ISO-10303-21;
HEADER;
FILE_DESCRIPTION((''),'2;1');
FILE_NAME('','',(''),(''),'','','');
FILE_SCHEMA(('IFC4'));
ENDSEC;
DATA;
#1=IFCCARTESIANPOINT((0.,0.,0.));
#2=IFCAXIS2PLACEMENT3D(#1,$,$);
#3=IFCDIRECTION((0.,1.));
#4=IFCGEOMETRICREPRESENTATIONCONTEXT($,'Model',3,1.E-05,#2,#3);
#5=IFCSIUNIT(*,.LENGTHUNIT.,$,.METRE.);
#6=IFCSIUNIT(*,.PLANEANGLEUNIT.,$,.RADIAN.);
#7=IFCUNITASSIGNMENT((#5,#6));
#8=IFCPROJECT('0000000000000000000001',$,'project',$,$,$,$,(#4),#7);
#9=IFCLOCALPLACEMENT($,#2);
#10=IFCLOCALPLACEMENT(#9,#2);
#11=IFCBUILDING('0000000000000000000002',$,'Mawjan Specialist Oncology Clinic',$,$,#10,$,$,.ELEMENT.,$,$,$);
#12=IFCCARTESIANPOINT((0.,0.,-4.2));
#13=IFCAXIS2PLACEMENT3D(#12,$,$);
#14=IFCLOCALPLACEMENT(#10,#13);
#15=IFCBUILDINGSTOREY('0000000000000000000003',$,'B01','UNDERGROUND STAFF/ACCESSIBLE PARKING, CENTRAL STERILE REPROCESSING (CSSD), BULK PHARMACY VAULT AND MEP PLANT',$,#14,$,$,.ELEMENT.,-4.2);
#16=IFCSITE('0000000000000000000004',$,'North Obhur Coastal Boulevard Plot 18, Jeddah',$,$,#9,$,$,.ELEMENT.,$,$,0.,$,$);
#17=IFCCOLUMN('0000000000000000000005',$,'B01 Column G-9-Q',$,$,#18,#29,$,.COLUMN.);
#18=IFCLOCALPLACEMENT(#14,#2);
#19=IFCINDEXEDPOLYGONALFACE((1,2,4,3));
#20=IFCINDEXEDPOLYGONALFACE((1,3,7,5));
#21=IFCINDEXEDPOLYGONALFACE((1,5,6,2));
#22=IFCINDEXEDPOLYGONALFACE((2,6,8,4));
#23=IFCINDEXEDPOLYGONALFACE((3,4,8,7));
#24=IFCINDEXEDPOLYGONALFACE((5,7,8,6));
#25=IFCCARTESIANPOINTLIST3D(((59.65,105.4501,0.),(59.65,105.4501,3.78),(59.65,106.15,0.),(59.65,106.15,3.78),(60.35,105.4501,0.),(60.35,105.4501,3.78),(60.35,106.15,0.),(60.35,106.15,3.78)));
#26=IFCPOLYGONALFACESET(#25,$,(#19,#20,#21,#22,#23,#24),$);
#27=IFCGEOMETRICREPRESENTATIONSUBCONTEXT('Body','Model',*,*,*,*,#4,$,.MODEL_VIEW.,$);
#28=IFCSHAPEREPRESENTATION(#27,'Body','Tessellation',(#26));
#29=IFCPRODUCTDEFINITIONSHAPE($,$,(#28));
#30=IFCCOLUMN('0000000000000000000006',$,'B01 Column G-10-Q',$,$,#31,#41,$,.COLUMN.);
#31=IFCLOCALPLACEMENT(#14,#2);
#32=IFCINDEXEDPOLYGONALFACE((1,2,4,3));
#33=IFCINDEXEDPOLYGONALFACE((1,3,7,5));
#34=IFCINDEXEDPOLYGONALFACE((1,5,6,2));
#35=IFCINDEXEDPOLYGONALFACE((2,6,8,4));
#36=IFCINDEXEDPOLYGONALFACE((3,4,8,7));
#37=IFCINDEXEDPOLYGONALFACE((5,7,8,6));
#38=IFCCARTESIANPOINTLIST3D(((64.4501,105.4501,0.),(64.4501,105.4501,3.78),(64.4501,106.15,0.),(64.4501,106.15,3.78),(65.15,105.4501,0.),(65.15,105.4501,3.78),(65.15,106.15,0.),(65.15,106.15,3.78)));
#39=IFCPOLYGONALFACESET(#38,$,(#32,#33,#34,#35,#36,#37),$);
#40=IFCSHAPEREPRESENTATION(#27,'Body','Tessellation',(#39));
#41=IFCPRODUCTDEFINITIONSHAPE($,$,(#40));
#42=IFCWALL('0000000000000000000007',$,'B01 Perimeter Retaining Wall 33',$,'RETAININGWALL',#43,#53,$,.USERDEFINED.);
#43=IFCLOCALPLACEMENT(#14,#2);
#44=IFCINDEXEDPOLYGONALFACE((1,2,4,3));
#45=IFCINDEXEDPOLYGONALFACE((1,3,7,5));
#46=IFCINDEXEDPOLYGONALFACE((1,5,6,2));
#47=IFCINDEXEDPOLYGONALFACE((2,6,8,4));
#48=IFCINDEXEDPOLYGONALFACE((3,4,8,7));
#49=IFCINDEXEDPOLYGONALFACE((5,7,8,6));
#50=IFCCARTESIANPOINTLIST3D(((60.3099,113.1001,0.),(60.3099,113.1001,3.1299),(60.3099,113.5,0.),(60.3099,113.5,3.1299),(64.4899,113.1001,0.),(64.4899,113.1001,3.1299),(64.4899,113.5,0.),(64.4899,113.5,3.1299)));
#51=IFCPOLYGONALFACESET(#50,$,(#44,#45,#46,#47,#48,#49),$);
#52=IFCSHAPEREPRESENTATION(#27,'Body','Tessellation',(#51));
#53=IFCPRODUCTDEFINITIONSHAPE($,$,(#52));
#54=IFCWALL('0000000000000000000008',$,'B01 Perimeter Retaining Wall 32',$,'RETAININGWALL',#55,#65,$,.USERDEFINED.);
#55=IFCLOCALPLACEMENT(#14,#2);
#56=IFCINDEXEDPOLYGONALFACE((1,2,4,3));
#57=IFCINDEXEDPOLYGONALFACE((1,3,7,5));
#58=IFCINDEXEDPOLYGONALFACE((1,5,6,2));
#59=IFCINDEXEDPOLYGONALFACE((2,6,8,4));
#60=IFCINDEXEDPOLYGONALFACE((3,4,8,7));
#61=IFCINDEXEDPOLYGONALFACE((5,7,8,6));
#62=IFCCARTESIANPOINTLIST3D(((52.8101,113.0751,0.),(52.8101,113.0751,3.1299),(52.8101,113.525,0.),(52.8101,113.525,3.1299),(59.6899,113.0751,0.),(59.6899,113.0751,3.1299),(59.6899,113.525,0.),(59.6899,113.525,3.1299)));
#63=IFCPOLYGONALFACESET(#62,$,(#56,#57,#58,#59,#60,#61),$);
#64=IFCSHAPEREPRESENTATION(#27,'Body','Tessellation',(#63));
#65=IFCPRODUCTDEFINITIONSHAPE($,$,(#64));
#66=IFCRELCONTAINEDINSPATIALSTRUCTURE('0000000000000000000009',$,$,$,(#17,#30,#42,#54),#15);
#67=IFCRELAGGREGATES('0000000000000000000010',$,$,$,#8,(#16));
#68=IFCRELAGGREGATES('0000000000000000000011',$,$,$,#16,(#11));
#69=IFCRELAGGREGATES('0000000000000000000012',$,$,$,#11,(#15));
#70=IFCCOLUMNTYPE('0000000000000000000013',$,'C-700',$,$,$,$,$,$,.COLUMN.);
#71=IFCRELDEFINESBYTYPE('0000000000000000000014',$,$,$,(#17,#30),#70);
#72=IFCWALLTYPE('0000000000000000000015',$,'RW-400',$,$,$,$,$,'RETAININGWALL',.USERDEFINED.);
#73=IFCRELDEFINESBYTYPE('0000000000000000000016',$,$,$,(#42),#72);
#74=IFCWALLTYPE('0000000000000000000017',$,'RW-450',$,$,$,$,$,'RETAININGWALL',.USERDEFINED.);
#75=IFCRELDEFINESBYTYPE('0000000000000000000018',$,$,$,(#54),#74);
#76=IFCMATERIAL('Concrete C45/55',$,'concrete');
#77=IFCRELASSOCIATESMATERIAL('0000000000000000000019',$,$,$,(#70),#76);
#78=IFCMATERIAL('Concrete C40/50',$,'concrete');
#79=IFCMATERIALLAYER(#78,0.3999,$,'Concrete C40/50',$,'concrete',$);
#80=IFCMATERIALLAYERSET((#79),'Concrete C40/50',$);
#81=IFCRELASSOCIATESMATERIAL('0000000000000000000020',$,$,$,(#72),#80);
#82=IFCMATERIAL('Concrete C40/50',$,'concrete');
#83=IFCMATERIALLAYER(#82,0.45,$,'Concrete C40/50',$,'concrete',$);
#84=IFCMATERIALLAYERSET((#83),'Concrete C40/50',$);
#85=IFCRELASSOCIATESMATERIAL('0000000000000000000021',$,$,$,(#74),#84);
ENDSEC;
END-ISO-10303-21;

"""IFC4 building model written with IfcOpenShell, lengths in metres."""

from ifc_helpers import new_model, si_unit, direction, frame, frame_2d, origin, origin_2d, place, context, subcontext, project, spatial, rectangle, extrude, material, layer, layer_set, material_profile, profile_set, type_object, element, save


model = new_model("IFC4")

# Units and contexts
model_context = context("Model", 3, precision=1e-05, world=origin(), true_north=direction((0.0, 1.0)))
body_context = subcontext(model_context, "Body", "Model", "MODEL_VIEW")
ifc_project = project(units=[si_unit("LENGTHUNIT", "METRE"), si_unit("PLANEANGLEUNIT", "RADIAN")], contexts=[model_context])

# Site, building, storey
site_placement = place(None, origin())
site = spatial("IfcSite", under=ifc_project, at=site_placement, Name="North Obhur Coastal Boulevard Plot 18, Jeddah", CompositionType="ELEMENT", RefElevation=0.0)
building_placement = place(site_placement, origin())
building = spatial("IfcBuilding", under=site, at=building_placement, Name="Mawjan Specialist Oncology Clinic", CompositionType="ELEMENT")
storey_placement = place(building_placement, frame((0.0, 0.0, -4.2)))
storey = spatial("IfcBuildingStorey", under=building, at=storey_placement, Name="B01", Description="UNDERGROUND STAFF/ACCESSIBLE PARKING, CENTRAL STERILE REPROCESSING (CSSD), BULK PHARMACY VAULT AND MEP PLANT", CompositionType="ELEMENT", Elevation=-4.2)

# Columns
ifc_material_1 = material(Name="Concrete C45/55", Category="concrete")
ifc_material_profile_1 = material_profile(ifc_material_1, rectangle(XDim=0.7, YDim=0.7, at=origin_2d()), Name="RC COL 700x700", Category="concrete")
ifc_profile_set_1 = profile_set([ifc_material_profile_1], Name="Concrete C45/55")
column_type_1 = type_object("IfcColumnType", Name="C-700", PredefinedType="COLUMN", material=ifc_profile_set_1)
for number, where, z_axis, x_axis, name in (
    (1, (60.0, 105.8, 0.0), (0.0, 0.0, 1.0), (1.0, 0.0, 0.0), "B01 Column G-9-Q"),
    (2, (64.8, 105.8, 0.0), (0.0, 0.0, 1.0), (1.0, 0.0, 0.0), "B01 Column G-10-Q"),
):
    element("IfcColumn", number, at=place(storey_placement, frame(where, z_axis=z_axis, x_axis=x_axis)), inside=storey, type_object=column_type_1, Name=name, PredefinedType="COLUMN", context=body_context, shape_type="SweptSolid", body=[
        extrude(rectangle(XDim=0.7, YDim=0.7, at=origin_2d()), origin(), (0.0, 0.0, 1.0), 3.78),
    ])

# Walls
ifc_material_2 = material(Name="Concrete C40/50", Category="concrete")
ifc_layer_1 = layer(ifc_material_2, 0.3999, Name="Concrete C40/50", Category="concrete")
ifc_layer_set_1 = layer_set([ifc_layer_1], Name="Concrete C40/50")
wall_type_1 = type_object("IfcWallType", Name="RW-400", ElementType="RETAININGWALL", PredefinedType="USERDEFINED", material=ifc_layer_set_1)
wall_1_placement = place(storey_placement, frame((60.3101, 113.3, 0.0), z_axis=(0.0, 0.0, 1.0), x_axis=(1.0, 0.0, 0.0)))
element("IfcWall", 3, at=wall_1_placement, inside=storey, type_object=wall_type_1, Name="B01 Perimeter Retaining Wall 33", ObjectType="RETAININGWALL", PredefinedType="USERDEFINED", context=body_context, shape_type="SweptSolid", body=[
    extrude(rectangle(XDim=4.1799, YDim=0.3999, at=frame_2d((2.0898, 0.0))), origin(), (0.0, 0.0, 1.0), 3.1299),
])
ifc_material_3 = material(Name="Concrete C40/50", Category="concrete")
ifc_layer_2 = layer(ifc_material_3, 0.45, Name="Concrete C40/50", Category="concrete")
ifc_layer_set_2 = layer_set([ifc_layer_2], Name="Concrete C40/50")
wall_type_2 = type_object("IfcWallType", Name="RW-450", ElementType="RETAININGWALL", PredefinedType="USERDEFINED", material=ifc_layer_set_2)
wall_2_placement = place(storey_placement, frame((52.8101, 113.3, 0.0), z_axis=(0.0, 0.0, 1.0), x_axis=(1.0, 0.0, 0.0)))
element("IfcWall", 4, at=wall_2_placement, inside=storey, type_object=wall_type_2, Name="B01 Perimeter Retaining Wall 32", ObjectType="RETAININGWALL", PredefinedType="USERDEFINED", context=body_context, shape_type="SweptSolid", body=[
    extrude(rectangle(XDim=6.8799, YDim=0.45, at=frame_2d((3.4399, 0.0))), origin(), (0.0, 0.0, 1.0), 3.1299),
])

save(model, "model.ifc")
